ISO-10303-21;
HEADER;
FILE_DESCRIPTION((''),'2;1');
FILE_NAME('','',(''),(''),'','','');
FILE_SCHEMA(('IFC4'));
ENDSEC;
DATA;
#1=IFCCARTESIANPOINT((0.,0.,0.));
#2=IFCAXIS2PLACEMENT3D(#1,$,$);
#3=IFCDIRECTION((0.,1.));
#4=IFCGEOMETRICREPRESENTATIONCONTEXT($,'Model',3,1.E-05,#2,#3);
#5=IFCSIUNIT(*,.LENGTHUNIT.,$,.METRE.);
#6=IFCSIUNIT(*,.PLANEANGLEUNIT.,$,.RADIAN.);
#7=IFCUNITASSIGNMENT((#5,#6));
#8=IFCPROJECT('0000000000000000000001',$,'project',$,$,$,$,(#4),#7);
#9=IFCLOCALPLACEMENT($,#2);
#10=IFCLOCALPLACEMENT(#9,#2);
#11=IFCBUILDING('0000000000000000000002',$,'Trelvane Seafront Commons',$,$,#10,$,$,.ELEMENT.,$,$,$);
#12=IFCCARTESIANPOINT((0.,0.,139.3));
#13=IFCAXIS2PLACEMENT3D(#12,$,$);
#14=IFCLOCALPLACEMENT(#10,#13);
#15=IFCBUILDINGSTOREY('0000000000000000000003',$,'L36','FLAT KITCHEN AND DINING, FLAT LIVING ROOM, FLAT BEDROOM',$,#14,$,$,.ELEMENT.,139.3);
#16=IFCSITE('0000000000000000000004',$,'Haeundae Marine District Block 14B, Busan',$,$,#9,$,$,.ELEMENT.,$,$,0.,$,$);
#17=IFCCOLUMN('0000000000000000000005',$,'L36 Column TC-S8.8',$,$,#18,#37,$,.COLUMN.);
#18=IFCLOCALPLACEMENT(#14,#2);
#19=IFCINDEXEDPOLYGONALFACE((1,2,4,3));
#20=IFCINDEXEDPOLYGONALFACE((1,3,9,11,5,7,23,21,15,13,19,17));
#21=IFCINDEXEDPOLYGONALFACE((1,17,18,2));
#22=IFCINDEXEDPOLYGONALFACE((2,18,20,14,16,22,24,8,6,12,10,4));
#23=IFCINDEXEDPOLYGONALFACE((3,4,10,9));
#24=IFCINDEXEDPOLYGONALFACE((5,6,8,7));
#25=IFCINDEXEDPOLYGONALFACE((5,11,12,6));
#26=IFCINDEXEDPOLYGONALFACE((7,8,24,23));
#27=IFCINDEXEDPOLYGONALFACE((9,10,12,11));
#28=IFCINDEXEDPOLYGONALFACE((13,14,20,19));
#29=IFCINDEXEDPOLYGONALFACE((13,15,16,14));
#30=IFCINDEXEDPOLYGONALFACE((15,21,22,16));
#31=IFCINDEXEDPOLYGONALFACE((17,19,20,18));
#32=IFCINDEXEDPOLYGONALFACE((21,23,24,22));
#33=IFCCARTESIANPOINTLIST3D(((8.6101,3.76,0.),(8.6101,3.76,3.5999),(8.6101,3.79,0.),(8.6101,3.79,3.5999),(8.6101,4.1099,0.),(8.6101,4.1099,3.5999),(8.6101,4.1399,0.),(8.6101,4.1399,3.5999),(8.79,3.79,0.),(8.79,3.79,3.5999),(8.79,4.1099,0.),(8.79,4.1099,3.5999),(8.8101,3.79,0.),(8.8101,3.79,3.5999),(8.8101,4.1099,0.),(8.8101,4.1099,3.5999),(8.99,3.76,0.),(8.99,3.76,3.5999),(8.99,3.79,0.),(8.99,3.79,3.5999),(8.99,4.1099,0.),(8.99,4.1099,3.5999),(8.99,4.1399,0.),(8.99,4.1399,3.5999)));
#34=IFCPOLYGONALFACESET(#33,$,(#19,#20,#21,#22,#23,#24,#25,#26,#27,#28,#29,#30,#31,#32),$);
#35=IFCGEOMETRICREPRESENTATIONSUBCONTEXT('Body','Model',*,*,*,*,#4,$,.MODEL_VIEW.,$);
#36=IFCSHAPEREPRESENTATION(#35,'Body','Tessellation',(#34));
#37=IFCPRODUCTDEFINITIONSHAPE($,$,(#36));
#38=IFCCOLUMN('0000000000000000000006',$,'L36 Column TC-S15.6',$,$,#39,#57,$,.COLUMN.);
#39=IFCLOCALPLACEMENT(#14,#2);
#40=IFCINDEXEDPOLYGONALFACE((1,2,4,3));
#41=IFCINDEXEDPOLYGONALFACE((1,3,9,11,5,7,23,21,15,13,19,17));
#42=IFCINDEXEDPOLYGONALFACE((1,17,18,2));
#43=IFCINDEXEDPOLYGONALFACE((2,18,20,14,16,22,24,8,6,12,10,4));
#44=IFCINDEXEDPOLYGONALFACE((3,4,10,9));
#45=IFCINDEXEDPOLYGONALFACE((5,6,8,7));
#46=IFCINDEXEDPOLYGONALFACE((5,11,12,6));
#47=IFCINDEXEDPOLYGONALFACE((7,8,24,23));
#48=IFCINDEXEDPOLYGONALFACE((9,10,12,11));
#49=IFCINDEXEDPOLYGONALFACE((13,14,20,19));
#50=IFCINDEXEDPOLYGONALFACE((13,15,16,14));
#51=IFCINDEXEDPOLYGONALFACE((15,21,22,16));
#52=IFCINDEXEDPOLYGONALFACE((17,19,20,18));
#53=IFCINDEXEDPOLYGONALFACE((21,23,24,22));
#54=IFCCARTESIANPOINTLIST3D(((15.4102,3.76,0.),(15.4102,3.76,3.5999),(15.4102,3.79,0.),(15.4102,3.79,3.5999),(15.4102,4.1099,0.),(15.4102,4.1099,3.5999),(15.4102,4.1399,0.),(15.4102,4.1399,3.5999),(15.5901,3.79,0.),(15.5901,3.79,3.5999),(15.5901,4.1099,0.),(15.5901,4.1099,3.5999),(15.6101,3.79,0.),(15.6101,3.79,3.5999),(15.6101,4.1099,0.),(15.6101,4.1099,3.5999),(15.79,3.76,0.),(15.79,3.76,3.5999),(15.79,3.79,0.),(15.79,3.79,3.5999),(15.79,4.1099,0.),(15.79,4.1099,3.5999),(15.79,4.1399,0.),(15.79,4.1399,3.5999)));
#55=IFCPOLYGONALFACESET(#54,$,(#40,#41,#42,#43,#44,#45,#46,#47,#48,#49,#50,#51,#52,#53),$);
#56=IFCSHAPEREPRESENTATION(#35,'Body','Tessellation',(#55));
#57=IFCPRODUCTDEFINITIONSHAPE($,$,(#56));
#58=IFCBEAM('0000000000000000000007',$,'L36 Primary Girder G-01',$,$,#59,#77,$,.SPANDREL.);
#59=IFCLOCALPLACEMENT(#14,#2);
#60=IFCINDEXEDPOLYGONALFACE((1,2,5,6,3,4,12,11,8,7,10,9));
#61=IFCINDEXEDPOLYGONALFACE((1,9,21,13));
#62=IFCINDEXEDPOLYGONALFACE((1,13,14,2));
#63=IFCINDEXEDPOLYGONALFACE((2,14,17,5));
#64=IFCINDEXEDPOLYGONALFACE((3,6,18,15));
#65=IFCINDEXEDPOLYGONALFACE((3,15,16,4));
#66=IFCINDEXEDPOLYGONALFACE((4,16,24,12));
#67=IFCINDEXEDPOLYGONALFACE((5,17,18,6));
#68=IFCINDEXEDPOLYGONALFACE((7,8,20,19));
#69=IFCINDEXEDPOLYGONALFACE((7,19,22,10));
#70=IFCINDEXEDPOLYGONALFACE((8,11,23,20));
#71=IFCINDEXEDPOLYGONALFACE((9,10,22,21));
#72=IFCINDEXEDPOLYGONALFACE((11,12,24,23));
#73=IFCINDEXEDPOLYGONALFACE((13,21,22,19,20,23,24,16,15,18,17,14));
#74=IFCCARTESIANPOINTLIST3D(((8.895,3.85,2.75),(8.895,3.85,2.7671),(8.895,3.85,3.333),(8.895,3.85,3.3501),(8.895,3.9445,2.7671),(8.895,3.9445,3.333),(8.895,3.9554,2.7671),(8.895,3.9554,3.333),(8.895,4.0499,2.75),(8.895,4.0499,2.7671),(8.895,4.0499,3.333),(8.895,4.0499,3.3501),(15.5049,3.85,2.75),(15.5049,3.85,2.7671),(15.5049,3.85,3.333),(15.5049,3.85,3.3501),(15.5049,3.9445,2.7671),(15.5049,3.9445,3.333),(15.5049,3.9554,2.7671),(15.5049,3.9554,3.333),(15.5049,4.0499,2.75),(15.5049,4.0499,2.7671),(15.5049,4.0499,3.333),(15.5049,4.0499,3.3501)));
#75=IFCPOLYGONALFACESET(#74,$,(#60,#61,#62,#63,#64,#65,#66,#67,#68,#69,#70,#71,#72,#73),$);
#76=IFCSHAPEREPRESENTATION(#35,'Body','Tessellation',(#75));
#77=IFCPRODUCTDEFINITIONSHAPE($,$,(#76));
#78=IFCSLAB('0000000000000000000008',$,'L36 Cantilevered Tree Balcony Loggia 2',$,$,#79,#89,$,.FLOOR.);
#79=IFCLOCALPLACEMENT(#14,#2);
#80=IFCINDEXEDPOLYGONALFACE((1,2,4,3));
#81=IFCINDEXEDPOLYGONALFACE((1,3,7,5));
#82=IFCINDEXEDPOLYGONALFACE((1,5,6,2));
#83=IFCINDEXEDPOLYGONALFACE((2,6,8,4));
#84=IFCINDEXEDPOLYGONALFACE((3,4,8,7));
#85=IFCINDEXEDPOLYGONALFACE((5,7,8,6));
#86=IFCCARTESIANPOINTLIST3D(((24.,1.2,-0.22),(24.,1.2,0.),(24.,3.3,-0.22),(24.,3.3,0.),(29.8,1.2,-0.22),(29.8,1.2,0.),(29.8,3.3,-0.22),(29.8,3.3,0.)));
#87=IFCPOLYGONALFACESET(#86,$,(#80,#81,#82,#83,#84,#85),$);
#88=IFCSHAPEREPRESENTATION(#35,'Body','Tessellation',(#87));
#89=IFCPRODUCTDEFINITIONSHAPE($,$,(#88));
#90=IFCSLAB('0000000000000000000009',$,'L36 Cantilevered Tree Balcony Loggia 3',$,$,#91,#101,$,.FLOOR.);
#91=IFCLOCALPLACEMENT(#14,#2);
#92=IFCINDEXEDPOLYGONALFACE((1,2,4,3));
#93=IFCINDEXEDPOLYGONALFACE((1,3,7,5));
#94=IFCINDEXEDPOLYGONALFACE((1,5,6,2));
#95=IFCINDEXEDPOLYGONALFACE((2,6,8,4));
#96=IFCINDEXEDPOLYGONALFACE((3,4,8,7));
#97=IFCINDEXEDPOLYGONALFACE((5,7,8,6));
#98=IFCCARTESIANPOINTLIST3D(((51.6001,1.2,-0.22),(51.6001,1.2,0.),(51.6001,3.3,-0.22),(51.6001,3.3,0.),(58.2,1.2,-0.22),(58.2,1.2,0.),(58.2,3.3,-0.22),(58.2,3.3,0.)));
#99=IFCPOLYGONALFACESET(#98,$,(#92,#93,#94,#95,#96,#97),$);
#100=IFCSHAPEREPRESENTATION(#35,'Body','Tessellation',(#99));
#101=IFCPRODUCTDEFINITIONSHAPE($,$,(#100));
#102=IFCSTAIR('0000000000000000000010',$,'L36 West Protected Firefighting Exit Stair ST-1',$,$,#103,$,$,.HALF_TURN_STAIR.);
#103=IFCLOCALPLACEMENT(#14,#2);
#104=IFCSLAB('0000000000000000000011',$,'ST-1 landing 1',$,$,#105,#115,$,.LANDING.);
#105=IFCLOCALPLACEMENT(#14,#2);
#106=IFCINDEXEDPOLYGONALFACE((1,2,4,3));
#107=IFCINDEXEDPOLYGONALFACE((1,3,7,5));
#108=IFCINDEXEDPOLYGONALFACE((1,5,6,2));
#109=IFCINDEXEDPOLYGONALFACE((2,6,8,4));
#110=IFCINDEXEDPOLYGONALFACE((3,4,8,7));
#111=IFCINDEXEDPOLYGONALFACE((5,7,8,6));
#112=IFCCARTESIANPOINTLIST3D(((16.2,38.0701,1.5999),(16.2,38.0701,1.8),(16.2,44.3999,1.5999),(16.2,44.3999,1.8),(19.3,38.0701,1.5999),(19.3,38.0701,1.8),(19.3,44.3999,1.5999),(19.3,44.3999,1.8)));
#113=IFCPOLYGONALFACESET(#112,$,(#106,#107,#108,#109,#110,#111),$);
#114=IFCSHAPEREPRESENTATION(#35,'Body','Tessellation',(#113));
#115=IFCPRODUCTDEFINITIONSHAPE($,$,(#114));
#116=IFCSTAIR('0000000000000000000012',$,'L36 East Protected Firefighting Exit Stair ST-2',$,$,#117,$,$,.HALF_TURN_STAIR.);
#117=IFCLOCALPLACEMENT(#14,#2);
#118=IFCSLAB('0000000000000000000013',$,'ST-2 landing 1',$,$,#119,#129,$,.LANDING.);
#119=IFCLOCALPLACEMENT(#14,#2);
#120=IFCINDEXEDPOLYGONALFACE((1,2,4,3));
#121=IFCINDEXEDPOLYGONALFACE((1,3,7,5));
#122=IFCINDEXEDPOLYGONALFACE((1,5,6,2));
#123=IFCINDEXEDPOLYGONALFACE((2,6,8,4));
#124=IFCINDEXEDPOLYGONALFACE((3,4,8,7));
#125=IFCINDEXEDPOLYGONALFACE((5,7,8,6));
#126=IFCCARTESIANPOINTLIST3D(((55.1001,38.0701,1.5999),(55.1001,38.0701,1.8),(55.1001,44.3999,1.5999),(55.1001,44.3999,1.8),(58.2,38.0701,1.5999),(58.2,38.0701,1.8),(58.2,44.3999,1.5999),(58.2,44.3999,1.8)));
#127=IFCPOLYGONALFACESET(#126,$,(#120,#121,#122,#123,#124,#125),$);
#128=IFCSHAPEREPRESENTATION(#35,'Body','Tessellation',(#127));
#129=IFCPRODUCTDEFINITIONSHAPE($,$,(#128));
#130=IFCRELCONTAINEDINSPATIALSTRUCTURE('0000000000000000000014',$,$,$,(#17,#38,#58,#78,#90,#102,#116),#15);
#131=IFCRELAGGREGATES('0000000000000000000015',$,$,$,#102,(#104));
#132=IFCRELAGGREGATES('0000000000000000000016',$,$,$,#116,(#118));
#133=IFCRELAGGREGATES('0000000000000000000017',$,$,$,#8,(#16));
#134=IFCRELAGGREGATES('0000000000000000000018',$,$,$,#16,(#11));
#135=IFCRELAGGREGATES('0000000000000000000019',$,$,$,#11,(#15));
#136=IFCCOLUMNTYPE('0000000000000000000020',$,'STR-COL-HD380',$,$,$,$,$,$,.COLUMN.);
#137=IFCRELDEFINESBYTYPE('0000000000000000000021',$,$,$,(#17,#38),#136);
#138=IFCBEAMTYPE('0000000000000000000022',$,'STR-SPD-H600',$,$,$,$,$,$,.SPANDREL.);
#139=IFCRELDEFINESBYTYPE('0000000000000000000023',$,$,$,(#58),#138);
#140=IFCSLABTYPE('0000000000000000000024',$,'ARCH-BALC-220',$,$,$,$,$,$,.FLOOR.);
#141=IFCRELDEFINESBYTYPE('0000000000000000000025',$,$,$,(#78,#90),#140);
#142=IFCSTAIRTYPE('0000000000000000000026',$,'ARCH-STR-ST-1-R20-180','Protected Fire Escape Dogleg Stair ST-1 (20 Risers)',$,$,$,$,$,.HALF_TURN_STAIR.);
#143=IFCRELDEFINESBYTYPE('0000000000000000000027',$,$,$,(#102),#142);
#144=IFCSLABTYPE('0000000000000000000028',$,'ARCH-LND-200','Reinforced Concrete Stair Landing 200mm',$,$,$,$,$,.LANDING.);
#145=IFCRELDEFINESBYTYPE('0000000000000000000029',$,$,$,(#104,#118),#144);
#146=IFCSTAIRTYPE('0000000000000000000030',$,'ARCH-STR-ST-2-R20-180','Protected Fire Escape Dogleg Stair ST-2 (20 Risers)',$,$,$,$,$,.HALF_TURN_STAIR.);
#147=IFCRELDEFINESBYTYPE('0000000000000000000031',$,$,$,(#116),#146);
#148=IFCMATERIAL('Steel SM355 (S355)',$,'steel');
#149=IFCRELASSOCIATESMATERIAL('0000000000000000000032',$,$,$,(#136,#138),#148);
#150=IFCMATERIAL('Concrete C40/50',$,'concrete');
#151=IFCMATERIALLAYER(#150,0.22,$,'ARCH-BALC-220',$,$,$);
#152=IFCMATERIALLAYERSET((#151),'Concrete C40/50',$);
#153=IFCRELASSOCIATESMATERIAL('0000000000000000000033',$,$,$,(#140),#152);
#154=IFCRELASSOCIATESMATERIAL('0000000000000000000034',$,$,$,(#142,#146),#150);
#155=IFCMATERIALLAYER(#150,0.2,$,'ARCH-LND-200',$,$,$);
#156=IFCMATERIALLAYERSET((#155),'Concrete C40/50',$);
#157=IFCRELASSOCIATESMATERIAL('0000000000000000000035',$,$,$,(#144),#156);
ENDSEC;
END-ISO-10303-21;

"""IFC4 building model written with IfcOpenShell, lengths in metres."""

from ifc_helpers import new_model, si_unit, direction, frame, origin, origin_2d, place, context, subcontext, project, spatial, polyline, i_section, outline, extrude, source, transform, mapped, material, layer, layer_set, material_profile, profile_set, type_object, element, aggregate, save


model = new_model("IFC4")

# Units and contexts
model_context = context("Model", 3, precision=1e-05, world=origin(), true_north=direction((0.0, 1.0)))
body_context = subcontext(model_context, "Body", "Model", "MODEL_VIEW")
ifc_project = project(units=[si_unit("LENGTHUNIT", "METRE"), si_unit("PLANEANGLEUNIT", "RADIAN")], contexts=[model_context])

# Site, building, storey
site_placement = place(None, origin())
site = spatial("IfcSite", under=ifc_project, at=site_placement, Name="Haeundae Marine District Block 14B, Busan", CompositionType="ELEMENT", RefElevation=0.0)
building_placement = place(site_placement, origin())
building = spatial("IfcBuilding", under=site, at=building_placement, Name="Trelvane Seafront Commons", CompositionType="ELEMENT")
storey_placement = place(building_placement, frame((0.0, 0.0, 139.3)))
storey = spatial("IfcBuildingStorey", under=building, at=storey_placement, Name="L36", Description="FLAT KITCHEN AND DINING, FLAT LIVING ROOM, FLAT BEDROOM", CompositionType="ELEMENT", Elevation=139.3)

# Columns
ifc_material_1 = material(Name="Steel SM355 (S355)", Category="steel")
ifc_material_profile_1 = material_profile(ifc_material_1, i_section(OverallWidth=0.3799, OverallDepth=0.3799, WebThickness=0.02, FlangeThickness=0.03, at=origin_2d()), Name="HD-380x380x20x30")
ifc_profile_set_1 = profile_set([ifc_material_profile_1], Name="Steel SM355 (S355)")
column_type = type_object("IfcColumnType", Name="STR-COL-HD380", PredefinedType="COLUMN", material=ifc_profile_set_1)
shared_shape_1 = source(origin(), body_context, "Body", "SweptSolid", [
    extrude(i_section(OverallWidth=0.3799, OverallDepth=0.3799, WebThickness=0.02, FlangeThickness=0.03, at=origin_2d()), origin(), (0.0, 0.0, 1.0), 3.5999),
])
for number, where, z_axis, x_axis, name in (
    (1, (8.8, 3.95, 0.0), (0.0, 0.0, 1.0), (1.0, 0.0, 0.0), "L36 Column TC-S8.8"),
    (2, (15.6001, 3.95, 0.0), (0.0, 0.0, 1.0), (1.0, 0.0, 0.0), "L36 Column TC-S15.6"),
):
    element("IfcColumn", number, at=place(storey_placement, frame(where, z_axis=z_axis, x_axis=x_axis)), inside=storey, type_object=column_type, Name=name, PredefinedType="COLUMN", context=body_context, shape_type="MappedRepresentation", body=[
        mapped(shared_shape_1, transform((0.0, 0.0, 0.0), x_axis=(1.0, 0.0, 0.0), y_axis=(0.0, 1.0, 0.0), z_axis=(0.0, 0.0, 1.0), scale=1.0)),
    ])

# Beam
ifc_material_profile_2 = material_profile(ifc_material_1, i_section(OverallWidth=0.2, OverallDepth=0.6001, WebThickness=0.011, FlangeThickness=0.0171, at=origin_2d()), Name="H-600x200x11x17")
ifc_profile_set_2 = profile_set([ifc_material_profile_2], Name="Steel SM355 (S355)")
beam_type = type_object("IfcBeamType", Name="STR-SPD-H600", PredefinedType="SPANDREL", material=ifc_profile_set_2)
shared_shape_2 = source(origin(), body_context, "Body", "SweptSolid", [
    extrude(i_section(OverallWidth=0.2, OverallDepth=0.6001, WebThickness=0.011, FlangeThickness=0.0171, at=origin_2d()), origin(), (0.0, 0.0, 1.0), 6.6099),
])
beam_placement = place(storey_placement, frame((8.895, 3.95, 3.05), z_axis=(1.0, 0.0, 0.0), x_axis=(0.0, 1.0, 0.0)))
element("IfcBeam", 3, at=beam_placement, inside=storey, type_object=beam_type, Name="L36 Primary Girder G-01", PredefinedType="SPANDREL", context=body_context, shape_type="MappedRepresentation", body=[
    mapped(shared_shape_2, transform((0.0, 0.0, 0.0), x_axis=(1.0, 0.0, 0.0), y_axis=(0.0, 1.0, 0.0), z_axis=(0.0, 0.0, 1.0), scale=1.0)),
])

# Slabs
ifc_material_2 = material(Name="Concrete C40/50", Category="concrete")
ifc_layer_1 = layer(ifc_material_2, 0.22, Name="ARCH-BALC-220")
ifc_layer_set_1 = layer_set([ifc_layer_1], Name="Concrete C40/50")
slab_type_1 = type_object("IfcSlabType", Name="ARCH-BALC-220", PredefinedType="FLOOR", material=ifc_layer_set_1)
slab_1_placement = place(storey_placement, frame((0.0, 0.0, -0.22)))
element("IfcSlab", 4, at=slab_1_placement, inside=storey, type_object=slab_type_1, Name="L36 Cantilevered Tree Balcony Loggia 2", PredefinedType="FLOOR", context=body_context, shape_type="SweptSolid", body=[
    extrude(outline(polyline([(24.0, 1.2), (29.8, 1.2), (29.8, 3.3), (24.0, 3.3), (24.0, 1.2)])), origin(), (0.0, 0.0, 1.0), 0.22),
])
slab_2_placement = place(storey_placement, frame((0.0, 0.0, -0.22)))
element("IfcSlab", 5, at=slab_2_placement, inside=storey, type_object=slab_type_1, Name="L36 Cantilevered Tree Balcony Loggia 3", PredefinedType="FLOOR", context=body_context, shape_type="SweptSolid", body=[
    extrude(outline(polyline([(51.6001, 1.2), (58.2, 1.2), (58.2, 3.3), (51.6001, 3.3), (51.6001, 1.2)])), origin(), (0.0, 0.0, 1.0), 0.22),
])

# Stairs, slabs
stair_type_1 = type_object("IfcStairType", Name="ARCH-STR-ST-1-R20-180", Description="Protected Fire Escape Dogleg Stair ST-1 (20 Risers)", PredefinedType="HALF_TURN_STAIR", material=ifc_material_2)
stair_1_placement = place(storey_placement, origin())
stair_1 = element("IfcStair", 6, at=stair_1_placement, inside=storey, type_object=stair_type_1, Name="L36 West Protected Firefighting Exit Stair ST-1", PredefinedType="HALF_TURN_STAIR")
ifc_layer_2 = layer(ifc_material_2, 0.2, Name="ARCH-LND-200")
ifc_layer_set_2 = layer_set([ifc_layer_2], Name="Concrete C40/50")
slab_type_2 = type_object("IfcSlabType", Name="ARCH-LND-200", Description="Reinforced Concrete Stair Landing 200mm", PredefinedType="LANDING", material=ifc_layer_set_2)
slab_3_placement = place(storey_placement, frame((0.0, 0.0, 1.5999)))
slab_3 = element("IfcSlab", 7, at=slab_3_placement, type_object=slab_type_2, Name="ST-1 landing 1", PredefinedType="LANDING", context=body_context, shape_type="SweptSolid", body=[
    extrude(outline(polyline([(19.3, 38.0701), (19.3, 44.3999), (16.2, 44.3999), (16.2, 38.0701), (19.3, 38.0701)])), origin(), (0.0, 0.0, 1.0), 0.2002),
])
aggregate(stair_1, [slab_3])
stair_type_2 = type_object("IfcStairType", Name="ARCH-STR-ST-2-R20-180", Description="Protected Fire Escape Dogleg Stair ST-2 (20 Risers)", PredefinedType="HALF_TURN_STAIR", material=ifc_material_2)
stair_2_placement = place(storey_placement, origin())
stair_2 = element("IfcStair", 8, at=stair_2_placement, inside=storey, type_object=stair_type_2, Name="L36 East Protected Firefighting Exit Stair ST-2", PredefinedType="HALF_TURN_STAIR")
slab_4_placement = place(storey_placement, frame((0.0, 0.0, 1.5999)))
slab_4 = element("IfcSlab", 9, at=slab_4_placement, type_object=slab_type_2, Name="ST-2 landing 1", PredefinedType="LANDING", context=body_context, shape_type="SweptSolid", body=[
    extrude(outline(polyline([(58.2, 38.0701), (58.2, 44.3999), (55.1001, 44.3999), (55.1001, 38.0701), (58.2, 38.0701)])), origin(), (0.0, 0.0, 1.0), 0.2002),
])
aggregate(stair_2, [slab_4])

save(model, "model.ifc")
